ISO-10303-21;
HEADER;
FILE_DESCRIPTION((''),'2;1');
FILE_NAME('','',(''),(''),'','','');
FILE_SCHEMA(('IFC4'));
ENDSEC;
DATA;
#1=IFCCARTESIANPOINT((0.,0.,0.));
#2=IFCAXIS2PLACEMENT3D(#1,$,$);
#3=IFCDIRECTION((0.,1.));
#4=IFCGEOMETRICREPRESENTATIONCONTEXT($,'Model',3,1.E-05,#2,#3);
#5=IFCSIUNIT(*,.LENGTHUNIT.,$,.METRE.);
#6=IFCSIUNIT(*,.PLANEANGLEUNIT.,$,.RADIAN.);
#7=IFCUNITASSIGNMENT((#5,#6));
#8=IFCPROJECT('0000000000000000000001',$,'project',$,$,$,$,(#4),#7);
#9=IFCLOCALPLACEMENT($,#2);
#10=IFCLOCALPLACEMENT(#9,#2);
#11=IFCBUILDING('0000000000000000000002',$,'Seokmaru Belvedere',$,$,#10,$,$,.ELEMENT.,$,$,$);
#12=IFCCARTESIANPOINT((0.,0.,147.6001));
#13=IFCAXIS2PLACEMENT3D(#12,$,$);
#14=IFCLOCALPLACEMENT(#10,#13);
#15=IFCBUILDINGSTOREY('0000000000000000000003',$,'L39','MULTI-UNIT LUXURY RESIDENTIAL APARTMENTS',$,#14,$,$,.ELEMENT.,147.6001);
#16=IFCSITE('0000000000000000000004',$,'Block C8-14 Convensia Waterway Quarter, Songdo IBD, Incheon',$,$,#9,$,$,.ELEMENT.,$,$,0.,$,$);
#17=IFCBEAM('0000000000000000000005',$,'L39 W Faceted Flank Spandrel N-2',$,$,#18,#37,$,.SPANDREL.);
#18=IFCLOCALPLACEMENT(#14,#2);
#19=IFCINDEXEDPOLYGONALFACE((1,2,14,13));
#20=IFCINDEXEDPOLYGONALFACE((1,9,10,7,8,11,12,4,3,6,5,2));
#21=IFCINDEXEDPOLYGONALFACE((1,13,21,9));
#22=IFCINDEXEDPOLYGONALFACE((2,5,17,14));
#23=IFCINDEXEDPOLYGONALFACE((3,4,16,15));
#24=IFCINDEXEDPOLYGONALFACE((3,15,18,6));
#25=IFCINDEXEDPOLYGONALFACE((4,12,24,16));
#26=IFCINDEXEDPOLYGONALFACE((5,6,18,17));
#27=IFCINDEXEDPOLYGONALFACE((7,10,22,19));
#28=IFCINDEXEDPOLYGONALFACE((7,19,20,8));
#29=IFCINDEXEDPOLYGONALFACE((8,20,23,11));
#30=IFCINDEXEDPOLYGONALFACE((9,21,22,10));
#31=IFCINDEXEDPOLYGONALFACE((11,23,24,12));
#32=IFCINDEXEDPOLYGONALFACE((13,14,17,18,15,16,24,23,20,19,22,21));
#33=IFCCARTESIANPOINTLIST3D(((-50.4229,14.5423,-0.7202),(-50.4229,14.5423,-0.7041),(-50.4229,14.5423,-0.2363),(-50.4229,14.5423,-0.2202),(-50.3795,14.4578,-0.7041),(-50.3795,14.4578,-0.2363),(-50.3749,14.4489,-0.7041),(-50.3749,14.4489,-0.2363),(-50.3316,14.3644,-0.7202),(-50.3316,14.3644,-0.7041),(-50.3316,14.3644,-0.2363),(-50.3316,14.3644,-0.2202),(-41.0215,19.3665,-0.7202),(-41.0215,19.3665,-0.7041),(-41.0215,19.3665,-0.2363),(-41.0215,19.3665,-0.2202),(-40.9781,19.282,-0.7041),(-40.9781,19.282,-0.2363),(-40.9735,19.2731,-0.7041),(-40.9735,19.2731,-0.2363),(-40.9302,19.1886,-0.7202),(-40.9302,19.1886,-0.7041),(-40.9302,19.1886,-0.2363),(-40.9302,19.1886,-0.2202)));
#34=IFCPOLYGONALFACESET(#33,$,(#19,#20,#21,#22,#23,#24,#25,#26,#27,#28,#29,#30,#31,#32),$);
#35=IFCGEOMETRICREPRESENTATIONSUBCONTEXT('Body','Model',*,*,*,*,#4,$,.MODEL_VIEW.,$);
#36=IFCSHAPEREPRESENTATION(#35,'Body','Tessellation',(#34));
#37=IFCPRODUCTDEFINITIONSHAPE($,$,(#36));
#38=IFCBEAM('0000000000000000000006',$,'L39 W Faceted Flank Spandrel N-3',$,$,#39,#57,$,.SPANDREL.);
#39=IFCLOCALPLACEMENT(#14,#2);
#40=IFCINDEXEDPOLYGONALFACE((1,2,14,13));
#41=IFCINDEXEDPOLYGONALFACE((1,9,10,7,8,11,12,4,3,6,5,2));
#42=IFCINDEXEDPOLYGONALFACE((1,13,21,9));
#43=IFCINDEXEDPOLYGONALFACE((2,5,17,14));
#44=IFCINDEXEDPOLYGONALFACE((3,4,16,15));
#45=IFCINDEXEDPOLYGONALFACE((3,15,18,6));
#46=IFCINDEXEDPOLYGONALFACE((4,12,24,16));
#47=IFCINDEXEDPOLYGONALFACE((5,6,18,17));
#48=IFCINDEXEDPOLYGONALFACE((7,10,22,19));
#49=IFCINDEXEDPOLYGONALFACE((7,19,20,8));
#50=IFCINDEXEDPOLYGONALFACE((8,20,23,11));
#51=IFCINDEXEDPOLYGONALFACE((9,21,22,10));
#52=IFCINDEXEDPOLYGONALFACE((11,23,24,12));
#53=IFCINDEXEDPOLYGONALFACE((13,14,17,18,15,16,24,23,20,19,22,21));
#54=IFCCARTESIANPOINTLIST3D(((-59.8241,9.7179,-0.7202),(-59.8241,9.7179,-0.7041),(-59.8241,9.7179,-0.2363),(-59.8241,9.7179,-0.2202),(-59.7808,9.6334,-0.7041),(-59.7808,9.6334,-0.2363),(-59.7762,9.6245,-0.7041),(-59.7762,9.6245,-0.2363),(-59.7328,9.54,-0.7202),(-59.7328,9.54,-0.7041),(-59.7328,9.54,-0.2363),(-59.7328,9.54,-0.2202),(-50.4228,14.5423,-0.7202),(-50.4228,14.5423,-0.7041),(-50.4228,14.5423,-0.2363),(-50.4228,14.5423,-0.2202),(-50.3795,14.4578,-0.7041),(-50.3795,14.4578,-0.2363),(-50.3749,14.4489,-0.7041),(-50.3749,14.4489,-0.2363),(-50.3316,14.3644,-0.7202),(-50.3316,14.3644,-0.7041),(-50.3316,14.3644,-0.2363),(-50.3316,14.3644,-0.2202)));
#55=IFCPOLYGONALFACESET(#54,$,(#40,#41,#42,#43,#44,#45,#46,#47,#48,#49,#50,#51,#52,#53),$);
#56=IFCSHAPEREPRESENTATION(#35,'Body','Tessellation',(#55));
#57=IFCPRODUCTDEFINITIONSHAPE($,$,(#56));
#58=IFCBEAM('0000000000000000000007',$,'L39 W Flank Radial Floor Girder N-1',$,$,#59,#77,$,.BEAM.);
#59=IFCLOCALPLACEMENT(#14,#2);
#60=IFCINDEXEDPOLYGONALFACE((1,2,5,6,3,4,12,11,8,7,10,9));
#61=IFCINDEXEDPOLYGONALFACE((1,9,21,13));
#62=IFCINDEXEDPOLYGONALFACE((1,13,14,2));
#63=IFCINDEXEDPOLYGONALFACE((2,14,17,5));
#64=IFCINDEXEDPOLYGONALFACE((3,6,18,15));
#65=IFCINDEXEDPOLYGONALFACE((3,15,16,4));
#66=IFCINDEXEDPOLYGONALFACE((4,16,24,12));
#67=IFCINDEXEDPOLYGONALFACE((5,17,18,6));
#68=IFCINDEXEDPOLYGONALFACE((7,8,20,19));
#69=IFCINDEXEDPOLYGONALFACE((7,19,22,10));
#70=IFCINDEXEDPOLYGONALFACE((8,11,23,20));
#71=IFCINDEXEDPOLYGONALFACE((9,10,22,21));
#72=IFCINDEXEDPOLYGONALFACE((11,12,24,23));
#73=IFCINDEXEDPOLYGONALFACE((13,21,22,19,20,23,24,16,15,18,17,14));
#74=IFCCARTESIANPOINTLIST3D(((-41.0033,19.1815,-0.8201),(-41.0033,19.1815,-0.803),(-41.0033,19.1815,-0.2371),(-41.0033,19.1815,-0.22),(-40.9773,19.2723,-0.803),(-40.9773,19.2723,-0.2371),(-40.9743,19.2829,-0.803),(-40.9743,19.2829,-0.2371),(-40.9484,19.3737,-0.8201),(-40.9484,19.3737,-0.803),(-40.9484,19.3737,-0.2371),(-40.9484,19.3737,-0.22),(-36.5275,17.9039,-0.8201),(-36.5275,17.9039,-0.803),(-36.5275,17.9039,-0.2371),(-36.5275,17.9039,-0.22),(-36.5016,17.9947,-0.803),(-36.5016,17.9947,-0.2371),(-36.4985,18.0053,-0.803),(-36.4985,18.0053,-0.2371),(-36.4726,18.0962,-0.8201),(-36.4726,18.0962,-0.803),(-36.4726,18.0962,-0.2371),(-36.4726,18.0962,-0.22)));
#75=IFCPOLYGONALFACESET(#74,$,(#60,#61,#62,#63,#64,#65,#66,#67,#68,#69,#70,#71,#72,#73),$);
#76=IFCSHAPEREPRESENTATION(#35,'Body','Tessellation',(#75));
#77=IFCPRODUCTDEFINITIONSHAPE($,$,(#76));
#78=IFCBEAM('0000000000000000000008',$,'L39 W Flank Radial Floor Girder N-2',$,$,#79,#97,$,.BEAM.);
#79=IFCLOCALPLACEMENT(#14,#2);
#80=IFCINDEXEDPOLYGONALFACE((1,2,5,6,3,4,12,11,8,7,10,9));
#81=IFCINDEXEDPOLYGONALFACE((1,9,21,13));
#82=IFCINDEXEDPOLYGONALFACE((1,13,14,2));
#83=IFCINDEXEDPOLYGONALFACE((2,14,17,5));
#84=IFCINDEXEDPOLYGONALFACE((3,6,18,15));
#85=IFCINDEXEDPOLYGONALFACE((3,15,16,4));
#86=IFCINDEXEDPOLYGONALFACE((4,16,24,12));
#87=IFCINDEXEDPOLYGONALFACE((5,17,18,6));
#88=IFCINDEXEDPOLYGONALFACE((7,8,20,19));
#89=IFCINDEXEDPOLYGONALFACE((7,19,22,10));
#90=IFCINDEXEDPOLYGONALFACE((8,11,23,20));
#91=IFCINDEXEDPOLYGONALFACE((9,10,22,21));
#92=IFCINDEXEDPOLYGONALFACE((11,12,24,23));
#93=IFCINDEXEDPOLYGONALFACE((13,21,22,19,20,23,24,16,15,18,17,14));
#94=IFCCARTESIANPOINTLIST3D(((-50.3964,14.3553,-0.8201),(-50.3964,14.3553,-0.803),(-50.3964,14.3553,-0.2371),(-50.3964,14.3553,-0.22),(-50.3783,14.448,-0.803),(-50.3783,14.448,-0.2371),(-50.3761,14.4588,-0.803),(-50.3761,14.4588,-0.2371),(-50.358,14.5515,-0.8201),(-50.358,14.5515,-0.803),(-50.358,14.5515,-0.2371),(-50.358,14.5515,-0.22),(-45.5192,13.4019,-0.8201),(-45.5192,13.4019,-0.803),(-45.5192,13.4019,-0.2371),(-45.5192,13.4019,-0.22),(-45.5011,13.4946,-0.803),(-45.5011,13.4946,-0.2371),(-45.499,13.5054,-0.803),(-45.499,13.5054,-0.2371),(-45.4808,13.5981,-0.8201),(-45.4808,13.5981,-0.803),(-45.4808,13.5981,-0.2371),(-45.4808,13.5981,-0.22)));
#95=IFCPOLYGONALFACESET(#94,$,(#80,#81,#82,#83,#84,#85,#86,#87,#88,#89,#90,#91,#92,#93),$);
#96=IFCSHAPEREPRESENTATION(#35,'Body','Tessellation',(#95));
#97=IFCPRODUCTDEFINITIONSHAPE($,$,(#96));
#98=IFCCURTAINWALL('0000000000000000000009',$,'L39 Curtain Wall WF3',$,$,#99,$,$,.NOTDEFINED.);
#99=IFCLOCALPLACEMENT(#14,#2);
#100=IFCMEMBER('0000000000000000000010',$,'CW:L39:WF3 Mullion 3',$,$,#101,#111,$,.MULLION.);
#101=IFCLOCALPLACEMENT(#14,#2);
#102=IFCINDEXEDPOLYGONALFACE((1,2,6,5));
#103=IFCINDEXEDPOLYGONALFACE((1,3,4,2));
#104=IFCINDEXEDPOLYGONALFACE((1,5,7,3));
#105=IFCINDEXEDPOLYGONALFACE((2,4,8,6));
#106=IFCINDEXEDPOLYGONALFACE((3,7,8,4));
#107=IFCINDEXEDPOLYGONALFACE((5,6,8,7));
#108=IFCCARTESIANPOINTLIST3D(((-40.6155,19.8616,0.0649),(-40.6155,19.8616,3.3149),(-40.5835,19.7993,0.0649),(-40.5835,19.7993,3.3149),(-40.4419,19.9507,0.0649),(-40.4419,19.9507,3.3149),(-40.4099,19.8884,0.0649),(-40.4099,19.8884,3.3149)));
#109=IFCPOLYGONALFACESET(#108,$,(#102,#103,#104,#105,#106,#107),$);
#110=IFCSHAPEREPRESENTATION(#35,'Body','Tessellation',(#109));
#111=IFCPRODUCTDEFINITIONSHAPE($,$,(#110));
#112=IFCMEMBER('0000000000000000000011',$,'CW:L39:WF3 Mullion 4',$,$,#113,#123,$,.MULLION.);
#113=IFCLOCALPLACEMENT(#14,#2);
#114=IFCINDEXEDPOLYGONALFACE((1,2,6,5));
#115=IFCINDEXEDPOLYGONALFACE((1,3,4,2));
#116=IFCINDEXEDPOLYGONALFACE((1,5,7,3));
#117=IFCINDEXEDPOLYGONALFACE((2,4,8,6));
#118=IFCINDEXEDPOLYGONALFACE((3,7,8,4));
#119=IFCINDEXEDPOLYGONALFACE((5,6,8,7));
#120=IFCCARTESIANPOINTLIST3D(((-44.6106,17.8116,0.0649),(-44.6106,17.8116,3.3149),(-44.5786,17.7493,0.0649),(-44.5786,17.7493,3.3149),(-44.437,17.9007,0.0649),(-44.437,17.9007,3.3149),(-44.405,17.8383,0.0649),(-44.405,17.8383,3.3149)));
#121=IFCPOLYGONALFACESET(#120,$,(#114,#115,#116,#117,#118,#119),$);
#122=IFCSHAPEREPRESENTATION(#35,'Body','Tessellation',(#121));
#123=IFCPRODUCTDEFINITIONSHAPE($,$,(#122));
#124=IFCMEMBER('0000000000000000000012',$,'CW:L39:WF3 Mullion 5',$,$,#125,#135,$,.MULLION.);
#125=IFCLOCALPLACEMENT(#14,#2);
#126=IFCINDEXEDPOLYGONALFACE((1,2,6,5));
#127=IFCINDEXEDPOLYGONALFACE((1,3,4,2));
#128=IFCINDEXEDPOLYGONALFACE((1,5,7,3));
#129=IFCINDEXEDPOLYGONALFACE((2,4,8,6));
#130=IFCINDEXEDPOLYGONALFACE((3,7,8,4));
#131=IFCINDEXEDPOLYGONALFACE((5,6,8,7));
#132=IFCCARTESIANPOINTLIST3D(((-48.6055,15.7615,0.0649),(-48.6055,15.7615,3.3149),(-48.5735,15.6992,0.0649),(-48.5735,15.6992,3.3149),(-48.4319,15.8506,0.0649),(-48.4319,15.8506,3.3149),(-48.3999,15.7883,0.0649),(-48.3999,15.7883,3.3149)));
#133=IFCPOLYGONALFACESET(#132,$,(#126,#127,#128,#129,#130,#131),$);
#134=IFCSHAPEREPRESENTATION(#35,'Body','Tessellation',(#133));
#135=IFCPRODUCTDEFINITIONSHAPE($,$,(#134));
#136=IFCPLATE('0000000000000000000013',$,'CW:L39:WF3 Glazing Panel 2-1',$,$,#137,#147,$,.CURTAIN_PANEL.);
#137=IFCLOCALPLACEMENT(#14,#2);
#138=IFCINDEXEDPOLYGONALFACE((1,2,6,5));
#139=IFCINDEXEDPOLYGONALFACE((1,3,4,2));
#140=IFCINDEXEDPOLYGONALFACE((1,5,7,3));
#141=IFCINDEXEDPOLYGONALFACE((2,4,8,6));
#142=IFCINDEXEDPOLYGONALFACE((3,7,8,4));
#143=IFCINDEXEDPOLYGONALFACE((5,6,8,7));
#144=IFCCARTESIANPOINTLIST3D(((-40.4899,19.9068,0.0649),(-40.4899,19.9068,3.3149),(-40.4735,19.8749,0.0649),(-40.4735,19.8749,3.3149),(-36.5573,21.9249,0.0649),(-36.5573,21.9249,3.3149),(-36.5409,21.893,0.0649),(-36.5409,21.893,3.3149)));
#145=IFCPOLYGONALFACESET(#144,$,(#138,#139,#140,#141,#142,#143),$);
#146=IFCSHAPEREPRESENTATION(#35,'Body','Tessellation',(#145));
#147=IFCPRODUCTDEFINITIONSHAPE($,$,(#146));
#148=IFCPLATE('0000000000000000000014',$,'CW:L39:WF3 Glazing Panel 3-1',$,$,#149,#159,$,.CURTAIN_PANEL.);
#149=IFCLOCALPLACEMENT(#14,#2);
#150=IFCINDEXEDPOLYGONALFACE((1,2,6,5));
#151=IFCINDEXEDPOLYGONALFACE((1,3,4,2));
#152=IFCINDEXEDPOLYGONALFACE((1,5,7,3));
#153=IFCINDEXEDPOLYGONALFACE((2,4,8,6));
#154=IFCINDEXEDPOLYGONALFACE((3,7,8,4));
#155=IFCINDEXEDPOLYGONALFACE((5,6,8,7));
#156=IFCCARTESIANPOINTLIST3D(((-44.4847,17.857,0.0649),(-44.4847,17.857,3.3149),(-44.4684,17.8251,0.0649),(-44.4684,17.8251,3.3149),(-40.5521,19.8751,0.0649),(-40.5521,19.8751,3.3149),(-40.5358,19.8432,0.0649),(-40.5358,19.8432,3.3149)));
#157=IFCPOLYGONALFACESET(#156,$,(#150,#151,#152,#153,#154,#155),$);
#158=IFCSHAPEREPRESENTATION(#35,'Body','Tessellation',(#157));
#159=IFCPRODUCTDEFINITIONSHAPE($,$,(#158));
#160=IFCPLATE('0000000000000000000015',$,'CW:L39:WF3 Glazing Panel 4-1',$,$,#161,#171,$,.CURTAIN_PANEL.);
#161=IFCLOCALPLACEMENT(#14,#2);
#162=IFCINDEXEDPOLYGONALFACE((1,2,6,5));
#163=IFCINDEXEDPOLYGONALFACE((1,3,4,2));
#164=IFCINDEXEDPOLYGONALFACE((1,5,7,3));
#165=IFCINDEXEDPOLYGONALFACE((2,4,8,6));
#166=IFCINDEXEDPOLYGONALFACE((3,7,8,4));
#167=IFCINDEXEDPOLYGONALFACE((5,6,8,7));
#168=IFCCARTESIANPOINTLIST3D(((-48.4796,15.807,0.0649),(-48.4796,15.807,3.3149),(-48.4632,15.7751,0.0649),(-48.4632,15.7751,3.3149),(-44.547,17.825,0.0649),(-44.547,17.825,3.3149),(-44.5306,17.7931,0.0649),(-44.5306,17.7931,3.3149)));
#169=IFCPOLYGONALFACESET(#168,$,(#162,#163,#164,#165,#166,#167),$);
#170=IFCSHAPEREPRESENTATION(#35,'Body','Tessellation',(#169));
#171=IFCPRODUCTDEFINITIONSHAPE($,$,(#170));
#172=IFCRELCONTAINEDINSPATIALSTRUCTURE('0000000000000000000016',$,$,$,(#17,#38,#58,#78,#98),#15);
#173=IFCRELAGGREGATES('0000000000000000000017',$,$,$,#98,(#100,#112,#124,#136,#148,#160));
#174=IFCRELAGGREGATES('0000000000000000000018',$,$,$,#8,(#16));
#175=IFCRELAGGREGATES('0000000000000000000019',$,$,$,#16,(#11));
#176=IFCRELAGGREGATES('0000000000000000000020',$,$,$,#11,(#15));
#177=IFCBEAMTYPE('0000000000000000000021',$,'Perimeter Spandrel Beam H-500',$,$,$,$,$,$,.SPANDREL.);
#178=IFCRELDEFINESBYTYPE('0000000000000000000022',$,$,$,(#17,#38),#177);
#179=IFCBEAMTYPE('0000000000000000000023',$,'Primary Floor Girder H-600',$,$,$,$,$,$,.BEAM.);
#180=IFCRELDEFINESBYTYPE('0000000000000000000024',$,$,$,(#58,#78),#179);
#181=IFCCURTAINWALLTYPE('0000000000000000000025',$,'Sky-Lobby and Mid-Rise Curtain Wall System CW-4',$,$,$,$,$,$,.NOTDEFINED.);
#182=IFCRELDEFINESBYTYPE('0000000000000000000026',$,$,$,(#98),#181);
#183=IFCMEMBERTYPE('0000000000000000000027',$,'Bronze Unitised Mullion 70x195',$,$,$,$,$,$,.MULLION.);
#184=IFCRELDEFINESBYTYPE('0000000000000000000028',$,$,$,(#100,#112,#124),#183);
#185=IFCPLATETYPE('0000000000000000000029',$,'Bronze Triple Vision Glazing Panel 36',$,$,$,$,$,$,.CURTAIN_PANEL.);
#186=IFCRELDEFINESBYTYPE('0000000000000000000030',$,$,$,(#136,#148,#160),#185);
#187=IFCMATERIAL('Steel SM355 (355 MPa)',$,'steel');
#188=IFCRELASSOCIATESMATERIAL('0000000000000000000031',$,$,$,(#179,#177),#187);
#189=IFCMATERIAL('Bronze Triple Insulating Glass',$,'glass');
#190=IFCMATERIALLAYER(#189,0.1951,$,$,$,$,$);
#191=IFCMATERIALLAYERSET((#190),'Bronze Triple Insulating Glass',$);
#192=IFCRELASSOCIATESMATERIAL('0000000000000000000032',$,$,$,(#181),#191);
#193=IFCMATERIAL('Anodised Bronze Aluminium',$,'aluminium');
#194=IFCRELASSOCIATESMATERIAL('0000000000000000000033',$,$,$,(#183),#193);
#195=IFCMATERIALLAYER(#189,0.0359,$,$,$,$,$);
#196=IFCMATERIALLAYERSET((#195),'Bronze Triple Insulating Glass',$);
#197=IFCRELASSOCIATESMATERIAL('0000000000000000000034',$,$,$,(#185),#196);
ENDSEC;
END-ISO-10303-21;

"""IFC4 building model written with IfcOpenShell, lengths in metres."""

from ifc_helpers import new_model, si_unit, direction, frame, origin, origin_2d, place, context, subcontext, project, spatial, rectangle, i_section, extrude, source, transform, mapped, material, layer, layer_set, material_profile, profile_set, type_object, type_shapes, element, aggregate, save


model = new_model("IFC4")

# Units and contexts
model_context = context("Model", 3, precision=1e-05, world=origin(), true_north=direction((0.0, 1.0)))
body_context = subcontext(model_context, "Body", "Model", "MODEL_VIEW")
ifc_project = project(units=[si_unit("LENGTHUNIT", "METRE"), si_unit("PLANEANGLEUNIT", "RADIAN")], contexts=[model_context])

# Site, building, storey
site_placement = place(None, origin())
site = spatial("IfcSite", under=ifc_project, at=site_placement, Name="Block C8-14 Convensia Waterway Quarter, Songdo IBD, Incheon", CompositionType="ELEMENT", RefElevation=0.0)
building_placement = place(site_placement, origin())
building = spatial("IfcBuilding", under=site, at=building_placement, Name="Seokmaru Belvedere", CompositionType="ELEMENT")
storey_placement = place(building_placement, frame((0.0, 0.0, 147.6001)))
storey = spatial("IfcBuildingStorey", under=building, at=storey_placement, Name="L39", Description="MULTI-UNIT LUXURY RESIDENTIAL APARTMENTS", CompositionType="ELEMENT", Elevation=147.6001)

# Shared definitions
ifc_material_1 = material(Name="Steel SM355 (355 MPa)", Category="steel")

# Beams
ifc_material_profile_1 = material_profile(ifc_material_1, i_section(OverallWidth=0.2, OverallDepth=0.6001, WebThickness=0.011, FlangeThickness=0.0171, at=origin_2d()), Name="H-600x200x11x17")
ifc_profile_set_1 = profile_set([ifc_material_profile_1], Name="Steel SM355 (355 MPa)")
beam_type_1 = type_object("IfcBeamType", Name="Primary Floor Girder H-600", PredefinedType="BEAM", material=ifc_profile_set_1)
ifc_material_profile_2 = material_profile(ifc_material_1, i_section(OverallWidth=0.2, OverallDepth=0.5, WebThickness=0.01, FlangeThickness=0.0161, at=origin_2d()), Name="H-500x200x10x16")
ifc_profile_set_2 = profile_set([ifc_material_profile_2], Name="Steel SM355 (355 MPa)")
beam_type_2 = type_object("IfcBeamType", Name="Perimeter Spandrel Beam H-500", PredefinedType="SPANDREL", material=ifc_profile_set_2)
shared_shape_1 = source(origin(), body_context, "Body", "SweptSolid", [
    extrude(i_section(OverallWidth=0.2, OverallDepth=0.5, WebThickness=0.01, FlangeThickness=0.0161, at=origin_2d()), origin(), (0.0, 0.0, 1.0), 10.5669),
])
type_shapes(beam_type_2, [shared_shape_1])
for number, where, z_axis, x_axis, name in (
    (1, (-40.9758, 19.2776, -0.4702), (-0.889702, -0.456542, 0.0), (0.456542, -0.889702, 0.0), "L39 W Faceted Flank Spandrel N-2"),
    (2, (-50.3772, 14.4534, -0.4702), (-0.889693, -0.45656, 0.0), (0.45656, -0.889693, 0.0), "L39 W Faceted Flank Spandrel N-3"),
):
    element("IfcBeam", number, at=place(storey_placement, frame(where, z_axis=z_axis, x_axis=x_axis)), inside=storey, type_object=beam_type_2, Name=name, PredefinedType="SPANDREL", context=body_context, shape_type="MappedRepresentation", body=[
        mapped(shared_shape_1, transform((0.0, 0.0, 0.0), scale=1.0)),
    ])
shared_shape_2 = source(origin(), body_context, "Body", "SweptSolid", [
    extrude(i_section(OverallWidth=0.2, OverallDepth=0.6001, WebThickness=0.011, FlangeThickness=0.0171, at=origin_2d()), origin(), (0.0, 0.0, 1.0), 4.6545),
])
beam_1_placement = place(storey_placement, frame((-40.9758, 19.2776, -0.52), z_axis=(0.961593, -0.274479, 0.0), x_axis=(0.274479, 0.961593, 0.0)))
element("IfcBeam", 3, at=beam_1_placement, inside=storey, type_object=beam_type_1, Name="L39 W Flank Radial Floor Girder N-1", PredefinedType="BEAM", context=body_context, shape_type="MappedRepresentation", body=[
    mapped(shared_shape_2, transform((0.0, 0.0, 0.0), scale=1.0)),
])
shared_shape_3 = source(origin(), body_context, "Body", "SweptSolid", [
    extrude(i_section(OverallWidth=0.2, OverallDepth=0.6001, WebThickness=0.011, FlangeThickness=0.0171, at=origin_2d()), origin(), (0.0, 0.0, 1.0), 4.9695),
])
beam_2_placement = place(storey_placement, frame((-50.3772, 14.4534, -0.52), z_axis=(0.981425, -0.191844, 0.0), x_axis=(0.191844, 0.981425, 0.0)))
element("IfcBeam", 4, at=beam_2_placement, inside=storey, type_object=beam_type_1, Name="L39 W Flank Radial Floor Girder N-2", PredefinedType="BEAM", context=body_context, shape_type="MappedRepresentation", body=[
    mapped(shared_shape_3, transform((0.0, 0.0, 0.0), scale=1.0)),
])

# Curtain wall, members, plates
ifc_material_2 = material(Name="Bronze Triple Insulating Glass", Category="glass")
ifc_layer_1 = layer(ifc_material_2, 0.1951)
ifc_layer_set_1 = layer_set([ifc_layer_1], Name="Bronze Triple Insulating Glass")
curtain_wall_type = type_object("IfcCurtainWallType", Name="Sky-Lobby and Mid-Rise Curtain Wall System CW-4", PredefinedType="NOTDEFINED", material=ifc_layer_set_1)
curtain_wall_placement = place(storey_placement, origin())
curtain_wall = element("IfcCurtainWall", 5, at=curtain_wall_placement, inside=storey, type_object=curtain_wall_type, Name="L39 Curtain Wall WF3", PredefinedType="NOTDEFINED")
ifc_material_3 = material(Name="Anodised Bronze Aluminium", Category="aluminium")
ifc_material_profile_3 = material_profile(ifc_material_3, rectangle(XDim=0.0701, YDim=0.1951, at=origin_2d()), Name="CW-M-70x195")
ifc_profile_set_3 = profile_set([ifc_material_profile_3], Name="Anodised Bronze Aluminium")
member_type = type_object("IfcMemberType", Name="Bronze Unitised Mullion 70x195", PredefinedType="MULLION", material=ifc_profile_set_3)
shared_shape_4 = source(origin(), body_context, "Body", "SweptSolid", [
    extrude(rectangle(XDim=0.0701, YDim=0.1951, at=origin_2d()), origin(), (0.0, 0.0, 1.0), 3.25),
])
type_shapes(member_type, [shared_shape_4])
member_1_placement = place(storey_placement, frame((-40.5127, 19.875, 0.0649), z_axis=(0.0, 0.0, 1.0), x_axis=(0.456555, -0.889695, 0.0)))
member_1 = element("IfcMember", 6, at=member_1_placement, type_object=member_type, Name="CW:L39:WF3 Mullion 3", PredefinedType="MULLION", context=body_context, shape_type="MappedRepresentation", body=[
    mapped(shared_shape_4, transform((0.0, 0.0, 0.0), scale=1.0)),
])
member_2_placement = place(storey_placement, frame((-44.5078, 17.825, 0.0649), z_axis=(0.0, 0.0, 1.0), x_axis=(0.456555, -0.889695, 0.0)))
member_2 = element("IfcMember", 7, at=member_2_placement, type_object=member_type, Name="CW:L39:WF3 Mullion 4", PredefinedType="MULLION", context=body_context, shape_type="MappedRepresentation", body=[
    mapped(shared_shape_4, transform((0.0, 0.0, 0.0), scale=1.0)),
])
member_3_placement = place(storey_placement, frame((-48.5027, 15.7749, 0.0649), z_axis=(0.0, 0.0, 1.0), x_axis=(0.456555, -0.889695, 0.0)))
member_3 = element("IfcMember", 8, at=member_3_placement, type_object=member_type, Name="CW:L39:WF3 Mullion 5", PredefinedType="MULLION", context=body_context, shape_type="MappedRepresentation", body=[
    mapped(shared_shape_4, transform((0.0, 0.0, 0.0), scale=1.0)),
])
ifc_layer_2 = layer(ifc_material_2, 0.0359)
ifc_layer_set_2 = layer_set([ifc_layer_2], Name="Bronze Triple Insulating Glass")
plate_type = type_object("IfcPlateType", Name="Bronze Triple Vision Glazing Panel 36", PredefinedType="CURTAIN_PANEL", material=ifc_layer_set_2)
shared_shape_5 = source(origin(), body_context, "Body", "SweptSolid", [
    extrude(rectangle(XDim=4.4202, YDim=0.0359, at=origin_2d()), origin(), (0.0, 0.0, 1.0), 3.25),
])
type_shapes(plate_type, [shared_shape_5])
plate_1_placement = place(storey_placement, frame((-38.5154, 20.8999, 0.0649), z_axis=(0.0, 0.0, 1.0), x_axis=(-0.889695, -0.456555, 0.0)))
plate_1 = element("IfcPlate", 9, at=plate_1_placement, type_object=plate_type, Name="CW:L39:WF3 Glazing Panel 2-1", PredefinedType="CURTAIN_PANEL", context=body_context, shape_type="MappedRepresentation", body=[
    mapped(shared_shape_5, transform((0.0, 0.0, 0.0), scale=1.0)),
])
plate_2_placement = place(storey_placement, frame((-42.5103, 18.8501, 0.0649), z_axis=(0.0, 0.0, 1.0), x_axis=(-0.889695, -0.456555, 0.0)))
plate_2 = element("IfcPlate", 10, at=plate_2_placement, type_object=plate_type, Name="CW:L39:WF3 Glazing Panel 3-1", PredefinedType="CURTAIN_PANEL", context=body_context, shape_type="MappedRepresentation", body=[
    mapped(shared_shape_5, transform((0.0, 0.0, 0.0), scale=1.0)),
])
plate_3_placement = place(storey_placement, frame((-46.5051, 16.8, 0.0649), z_axis=(0.0, 0.0, 1.0), x_axis=(-0.889695, -0.456555, 0.0)))
plate_3 = element("IfcPlate", 11, at=plate_3_placement, type_object=plate_type, Name="CW:L39:WF3 Glazing Panel 4-1", PredefinedType="CURTAIN_PANEL", context=body_context, shape_type="MappedRepresentation", body=[
    mapped(shared_shape_5, transform((0.0, 0.0, 0.0), scale=1.0)),
])
aggregate(curtain_wall, [member_1, member_2, member_3, plate_1, plate_2, plate_3])

save(model, "model.ifc")
